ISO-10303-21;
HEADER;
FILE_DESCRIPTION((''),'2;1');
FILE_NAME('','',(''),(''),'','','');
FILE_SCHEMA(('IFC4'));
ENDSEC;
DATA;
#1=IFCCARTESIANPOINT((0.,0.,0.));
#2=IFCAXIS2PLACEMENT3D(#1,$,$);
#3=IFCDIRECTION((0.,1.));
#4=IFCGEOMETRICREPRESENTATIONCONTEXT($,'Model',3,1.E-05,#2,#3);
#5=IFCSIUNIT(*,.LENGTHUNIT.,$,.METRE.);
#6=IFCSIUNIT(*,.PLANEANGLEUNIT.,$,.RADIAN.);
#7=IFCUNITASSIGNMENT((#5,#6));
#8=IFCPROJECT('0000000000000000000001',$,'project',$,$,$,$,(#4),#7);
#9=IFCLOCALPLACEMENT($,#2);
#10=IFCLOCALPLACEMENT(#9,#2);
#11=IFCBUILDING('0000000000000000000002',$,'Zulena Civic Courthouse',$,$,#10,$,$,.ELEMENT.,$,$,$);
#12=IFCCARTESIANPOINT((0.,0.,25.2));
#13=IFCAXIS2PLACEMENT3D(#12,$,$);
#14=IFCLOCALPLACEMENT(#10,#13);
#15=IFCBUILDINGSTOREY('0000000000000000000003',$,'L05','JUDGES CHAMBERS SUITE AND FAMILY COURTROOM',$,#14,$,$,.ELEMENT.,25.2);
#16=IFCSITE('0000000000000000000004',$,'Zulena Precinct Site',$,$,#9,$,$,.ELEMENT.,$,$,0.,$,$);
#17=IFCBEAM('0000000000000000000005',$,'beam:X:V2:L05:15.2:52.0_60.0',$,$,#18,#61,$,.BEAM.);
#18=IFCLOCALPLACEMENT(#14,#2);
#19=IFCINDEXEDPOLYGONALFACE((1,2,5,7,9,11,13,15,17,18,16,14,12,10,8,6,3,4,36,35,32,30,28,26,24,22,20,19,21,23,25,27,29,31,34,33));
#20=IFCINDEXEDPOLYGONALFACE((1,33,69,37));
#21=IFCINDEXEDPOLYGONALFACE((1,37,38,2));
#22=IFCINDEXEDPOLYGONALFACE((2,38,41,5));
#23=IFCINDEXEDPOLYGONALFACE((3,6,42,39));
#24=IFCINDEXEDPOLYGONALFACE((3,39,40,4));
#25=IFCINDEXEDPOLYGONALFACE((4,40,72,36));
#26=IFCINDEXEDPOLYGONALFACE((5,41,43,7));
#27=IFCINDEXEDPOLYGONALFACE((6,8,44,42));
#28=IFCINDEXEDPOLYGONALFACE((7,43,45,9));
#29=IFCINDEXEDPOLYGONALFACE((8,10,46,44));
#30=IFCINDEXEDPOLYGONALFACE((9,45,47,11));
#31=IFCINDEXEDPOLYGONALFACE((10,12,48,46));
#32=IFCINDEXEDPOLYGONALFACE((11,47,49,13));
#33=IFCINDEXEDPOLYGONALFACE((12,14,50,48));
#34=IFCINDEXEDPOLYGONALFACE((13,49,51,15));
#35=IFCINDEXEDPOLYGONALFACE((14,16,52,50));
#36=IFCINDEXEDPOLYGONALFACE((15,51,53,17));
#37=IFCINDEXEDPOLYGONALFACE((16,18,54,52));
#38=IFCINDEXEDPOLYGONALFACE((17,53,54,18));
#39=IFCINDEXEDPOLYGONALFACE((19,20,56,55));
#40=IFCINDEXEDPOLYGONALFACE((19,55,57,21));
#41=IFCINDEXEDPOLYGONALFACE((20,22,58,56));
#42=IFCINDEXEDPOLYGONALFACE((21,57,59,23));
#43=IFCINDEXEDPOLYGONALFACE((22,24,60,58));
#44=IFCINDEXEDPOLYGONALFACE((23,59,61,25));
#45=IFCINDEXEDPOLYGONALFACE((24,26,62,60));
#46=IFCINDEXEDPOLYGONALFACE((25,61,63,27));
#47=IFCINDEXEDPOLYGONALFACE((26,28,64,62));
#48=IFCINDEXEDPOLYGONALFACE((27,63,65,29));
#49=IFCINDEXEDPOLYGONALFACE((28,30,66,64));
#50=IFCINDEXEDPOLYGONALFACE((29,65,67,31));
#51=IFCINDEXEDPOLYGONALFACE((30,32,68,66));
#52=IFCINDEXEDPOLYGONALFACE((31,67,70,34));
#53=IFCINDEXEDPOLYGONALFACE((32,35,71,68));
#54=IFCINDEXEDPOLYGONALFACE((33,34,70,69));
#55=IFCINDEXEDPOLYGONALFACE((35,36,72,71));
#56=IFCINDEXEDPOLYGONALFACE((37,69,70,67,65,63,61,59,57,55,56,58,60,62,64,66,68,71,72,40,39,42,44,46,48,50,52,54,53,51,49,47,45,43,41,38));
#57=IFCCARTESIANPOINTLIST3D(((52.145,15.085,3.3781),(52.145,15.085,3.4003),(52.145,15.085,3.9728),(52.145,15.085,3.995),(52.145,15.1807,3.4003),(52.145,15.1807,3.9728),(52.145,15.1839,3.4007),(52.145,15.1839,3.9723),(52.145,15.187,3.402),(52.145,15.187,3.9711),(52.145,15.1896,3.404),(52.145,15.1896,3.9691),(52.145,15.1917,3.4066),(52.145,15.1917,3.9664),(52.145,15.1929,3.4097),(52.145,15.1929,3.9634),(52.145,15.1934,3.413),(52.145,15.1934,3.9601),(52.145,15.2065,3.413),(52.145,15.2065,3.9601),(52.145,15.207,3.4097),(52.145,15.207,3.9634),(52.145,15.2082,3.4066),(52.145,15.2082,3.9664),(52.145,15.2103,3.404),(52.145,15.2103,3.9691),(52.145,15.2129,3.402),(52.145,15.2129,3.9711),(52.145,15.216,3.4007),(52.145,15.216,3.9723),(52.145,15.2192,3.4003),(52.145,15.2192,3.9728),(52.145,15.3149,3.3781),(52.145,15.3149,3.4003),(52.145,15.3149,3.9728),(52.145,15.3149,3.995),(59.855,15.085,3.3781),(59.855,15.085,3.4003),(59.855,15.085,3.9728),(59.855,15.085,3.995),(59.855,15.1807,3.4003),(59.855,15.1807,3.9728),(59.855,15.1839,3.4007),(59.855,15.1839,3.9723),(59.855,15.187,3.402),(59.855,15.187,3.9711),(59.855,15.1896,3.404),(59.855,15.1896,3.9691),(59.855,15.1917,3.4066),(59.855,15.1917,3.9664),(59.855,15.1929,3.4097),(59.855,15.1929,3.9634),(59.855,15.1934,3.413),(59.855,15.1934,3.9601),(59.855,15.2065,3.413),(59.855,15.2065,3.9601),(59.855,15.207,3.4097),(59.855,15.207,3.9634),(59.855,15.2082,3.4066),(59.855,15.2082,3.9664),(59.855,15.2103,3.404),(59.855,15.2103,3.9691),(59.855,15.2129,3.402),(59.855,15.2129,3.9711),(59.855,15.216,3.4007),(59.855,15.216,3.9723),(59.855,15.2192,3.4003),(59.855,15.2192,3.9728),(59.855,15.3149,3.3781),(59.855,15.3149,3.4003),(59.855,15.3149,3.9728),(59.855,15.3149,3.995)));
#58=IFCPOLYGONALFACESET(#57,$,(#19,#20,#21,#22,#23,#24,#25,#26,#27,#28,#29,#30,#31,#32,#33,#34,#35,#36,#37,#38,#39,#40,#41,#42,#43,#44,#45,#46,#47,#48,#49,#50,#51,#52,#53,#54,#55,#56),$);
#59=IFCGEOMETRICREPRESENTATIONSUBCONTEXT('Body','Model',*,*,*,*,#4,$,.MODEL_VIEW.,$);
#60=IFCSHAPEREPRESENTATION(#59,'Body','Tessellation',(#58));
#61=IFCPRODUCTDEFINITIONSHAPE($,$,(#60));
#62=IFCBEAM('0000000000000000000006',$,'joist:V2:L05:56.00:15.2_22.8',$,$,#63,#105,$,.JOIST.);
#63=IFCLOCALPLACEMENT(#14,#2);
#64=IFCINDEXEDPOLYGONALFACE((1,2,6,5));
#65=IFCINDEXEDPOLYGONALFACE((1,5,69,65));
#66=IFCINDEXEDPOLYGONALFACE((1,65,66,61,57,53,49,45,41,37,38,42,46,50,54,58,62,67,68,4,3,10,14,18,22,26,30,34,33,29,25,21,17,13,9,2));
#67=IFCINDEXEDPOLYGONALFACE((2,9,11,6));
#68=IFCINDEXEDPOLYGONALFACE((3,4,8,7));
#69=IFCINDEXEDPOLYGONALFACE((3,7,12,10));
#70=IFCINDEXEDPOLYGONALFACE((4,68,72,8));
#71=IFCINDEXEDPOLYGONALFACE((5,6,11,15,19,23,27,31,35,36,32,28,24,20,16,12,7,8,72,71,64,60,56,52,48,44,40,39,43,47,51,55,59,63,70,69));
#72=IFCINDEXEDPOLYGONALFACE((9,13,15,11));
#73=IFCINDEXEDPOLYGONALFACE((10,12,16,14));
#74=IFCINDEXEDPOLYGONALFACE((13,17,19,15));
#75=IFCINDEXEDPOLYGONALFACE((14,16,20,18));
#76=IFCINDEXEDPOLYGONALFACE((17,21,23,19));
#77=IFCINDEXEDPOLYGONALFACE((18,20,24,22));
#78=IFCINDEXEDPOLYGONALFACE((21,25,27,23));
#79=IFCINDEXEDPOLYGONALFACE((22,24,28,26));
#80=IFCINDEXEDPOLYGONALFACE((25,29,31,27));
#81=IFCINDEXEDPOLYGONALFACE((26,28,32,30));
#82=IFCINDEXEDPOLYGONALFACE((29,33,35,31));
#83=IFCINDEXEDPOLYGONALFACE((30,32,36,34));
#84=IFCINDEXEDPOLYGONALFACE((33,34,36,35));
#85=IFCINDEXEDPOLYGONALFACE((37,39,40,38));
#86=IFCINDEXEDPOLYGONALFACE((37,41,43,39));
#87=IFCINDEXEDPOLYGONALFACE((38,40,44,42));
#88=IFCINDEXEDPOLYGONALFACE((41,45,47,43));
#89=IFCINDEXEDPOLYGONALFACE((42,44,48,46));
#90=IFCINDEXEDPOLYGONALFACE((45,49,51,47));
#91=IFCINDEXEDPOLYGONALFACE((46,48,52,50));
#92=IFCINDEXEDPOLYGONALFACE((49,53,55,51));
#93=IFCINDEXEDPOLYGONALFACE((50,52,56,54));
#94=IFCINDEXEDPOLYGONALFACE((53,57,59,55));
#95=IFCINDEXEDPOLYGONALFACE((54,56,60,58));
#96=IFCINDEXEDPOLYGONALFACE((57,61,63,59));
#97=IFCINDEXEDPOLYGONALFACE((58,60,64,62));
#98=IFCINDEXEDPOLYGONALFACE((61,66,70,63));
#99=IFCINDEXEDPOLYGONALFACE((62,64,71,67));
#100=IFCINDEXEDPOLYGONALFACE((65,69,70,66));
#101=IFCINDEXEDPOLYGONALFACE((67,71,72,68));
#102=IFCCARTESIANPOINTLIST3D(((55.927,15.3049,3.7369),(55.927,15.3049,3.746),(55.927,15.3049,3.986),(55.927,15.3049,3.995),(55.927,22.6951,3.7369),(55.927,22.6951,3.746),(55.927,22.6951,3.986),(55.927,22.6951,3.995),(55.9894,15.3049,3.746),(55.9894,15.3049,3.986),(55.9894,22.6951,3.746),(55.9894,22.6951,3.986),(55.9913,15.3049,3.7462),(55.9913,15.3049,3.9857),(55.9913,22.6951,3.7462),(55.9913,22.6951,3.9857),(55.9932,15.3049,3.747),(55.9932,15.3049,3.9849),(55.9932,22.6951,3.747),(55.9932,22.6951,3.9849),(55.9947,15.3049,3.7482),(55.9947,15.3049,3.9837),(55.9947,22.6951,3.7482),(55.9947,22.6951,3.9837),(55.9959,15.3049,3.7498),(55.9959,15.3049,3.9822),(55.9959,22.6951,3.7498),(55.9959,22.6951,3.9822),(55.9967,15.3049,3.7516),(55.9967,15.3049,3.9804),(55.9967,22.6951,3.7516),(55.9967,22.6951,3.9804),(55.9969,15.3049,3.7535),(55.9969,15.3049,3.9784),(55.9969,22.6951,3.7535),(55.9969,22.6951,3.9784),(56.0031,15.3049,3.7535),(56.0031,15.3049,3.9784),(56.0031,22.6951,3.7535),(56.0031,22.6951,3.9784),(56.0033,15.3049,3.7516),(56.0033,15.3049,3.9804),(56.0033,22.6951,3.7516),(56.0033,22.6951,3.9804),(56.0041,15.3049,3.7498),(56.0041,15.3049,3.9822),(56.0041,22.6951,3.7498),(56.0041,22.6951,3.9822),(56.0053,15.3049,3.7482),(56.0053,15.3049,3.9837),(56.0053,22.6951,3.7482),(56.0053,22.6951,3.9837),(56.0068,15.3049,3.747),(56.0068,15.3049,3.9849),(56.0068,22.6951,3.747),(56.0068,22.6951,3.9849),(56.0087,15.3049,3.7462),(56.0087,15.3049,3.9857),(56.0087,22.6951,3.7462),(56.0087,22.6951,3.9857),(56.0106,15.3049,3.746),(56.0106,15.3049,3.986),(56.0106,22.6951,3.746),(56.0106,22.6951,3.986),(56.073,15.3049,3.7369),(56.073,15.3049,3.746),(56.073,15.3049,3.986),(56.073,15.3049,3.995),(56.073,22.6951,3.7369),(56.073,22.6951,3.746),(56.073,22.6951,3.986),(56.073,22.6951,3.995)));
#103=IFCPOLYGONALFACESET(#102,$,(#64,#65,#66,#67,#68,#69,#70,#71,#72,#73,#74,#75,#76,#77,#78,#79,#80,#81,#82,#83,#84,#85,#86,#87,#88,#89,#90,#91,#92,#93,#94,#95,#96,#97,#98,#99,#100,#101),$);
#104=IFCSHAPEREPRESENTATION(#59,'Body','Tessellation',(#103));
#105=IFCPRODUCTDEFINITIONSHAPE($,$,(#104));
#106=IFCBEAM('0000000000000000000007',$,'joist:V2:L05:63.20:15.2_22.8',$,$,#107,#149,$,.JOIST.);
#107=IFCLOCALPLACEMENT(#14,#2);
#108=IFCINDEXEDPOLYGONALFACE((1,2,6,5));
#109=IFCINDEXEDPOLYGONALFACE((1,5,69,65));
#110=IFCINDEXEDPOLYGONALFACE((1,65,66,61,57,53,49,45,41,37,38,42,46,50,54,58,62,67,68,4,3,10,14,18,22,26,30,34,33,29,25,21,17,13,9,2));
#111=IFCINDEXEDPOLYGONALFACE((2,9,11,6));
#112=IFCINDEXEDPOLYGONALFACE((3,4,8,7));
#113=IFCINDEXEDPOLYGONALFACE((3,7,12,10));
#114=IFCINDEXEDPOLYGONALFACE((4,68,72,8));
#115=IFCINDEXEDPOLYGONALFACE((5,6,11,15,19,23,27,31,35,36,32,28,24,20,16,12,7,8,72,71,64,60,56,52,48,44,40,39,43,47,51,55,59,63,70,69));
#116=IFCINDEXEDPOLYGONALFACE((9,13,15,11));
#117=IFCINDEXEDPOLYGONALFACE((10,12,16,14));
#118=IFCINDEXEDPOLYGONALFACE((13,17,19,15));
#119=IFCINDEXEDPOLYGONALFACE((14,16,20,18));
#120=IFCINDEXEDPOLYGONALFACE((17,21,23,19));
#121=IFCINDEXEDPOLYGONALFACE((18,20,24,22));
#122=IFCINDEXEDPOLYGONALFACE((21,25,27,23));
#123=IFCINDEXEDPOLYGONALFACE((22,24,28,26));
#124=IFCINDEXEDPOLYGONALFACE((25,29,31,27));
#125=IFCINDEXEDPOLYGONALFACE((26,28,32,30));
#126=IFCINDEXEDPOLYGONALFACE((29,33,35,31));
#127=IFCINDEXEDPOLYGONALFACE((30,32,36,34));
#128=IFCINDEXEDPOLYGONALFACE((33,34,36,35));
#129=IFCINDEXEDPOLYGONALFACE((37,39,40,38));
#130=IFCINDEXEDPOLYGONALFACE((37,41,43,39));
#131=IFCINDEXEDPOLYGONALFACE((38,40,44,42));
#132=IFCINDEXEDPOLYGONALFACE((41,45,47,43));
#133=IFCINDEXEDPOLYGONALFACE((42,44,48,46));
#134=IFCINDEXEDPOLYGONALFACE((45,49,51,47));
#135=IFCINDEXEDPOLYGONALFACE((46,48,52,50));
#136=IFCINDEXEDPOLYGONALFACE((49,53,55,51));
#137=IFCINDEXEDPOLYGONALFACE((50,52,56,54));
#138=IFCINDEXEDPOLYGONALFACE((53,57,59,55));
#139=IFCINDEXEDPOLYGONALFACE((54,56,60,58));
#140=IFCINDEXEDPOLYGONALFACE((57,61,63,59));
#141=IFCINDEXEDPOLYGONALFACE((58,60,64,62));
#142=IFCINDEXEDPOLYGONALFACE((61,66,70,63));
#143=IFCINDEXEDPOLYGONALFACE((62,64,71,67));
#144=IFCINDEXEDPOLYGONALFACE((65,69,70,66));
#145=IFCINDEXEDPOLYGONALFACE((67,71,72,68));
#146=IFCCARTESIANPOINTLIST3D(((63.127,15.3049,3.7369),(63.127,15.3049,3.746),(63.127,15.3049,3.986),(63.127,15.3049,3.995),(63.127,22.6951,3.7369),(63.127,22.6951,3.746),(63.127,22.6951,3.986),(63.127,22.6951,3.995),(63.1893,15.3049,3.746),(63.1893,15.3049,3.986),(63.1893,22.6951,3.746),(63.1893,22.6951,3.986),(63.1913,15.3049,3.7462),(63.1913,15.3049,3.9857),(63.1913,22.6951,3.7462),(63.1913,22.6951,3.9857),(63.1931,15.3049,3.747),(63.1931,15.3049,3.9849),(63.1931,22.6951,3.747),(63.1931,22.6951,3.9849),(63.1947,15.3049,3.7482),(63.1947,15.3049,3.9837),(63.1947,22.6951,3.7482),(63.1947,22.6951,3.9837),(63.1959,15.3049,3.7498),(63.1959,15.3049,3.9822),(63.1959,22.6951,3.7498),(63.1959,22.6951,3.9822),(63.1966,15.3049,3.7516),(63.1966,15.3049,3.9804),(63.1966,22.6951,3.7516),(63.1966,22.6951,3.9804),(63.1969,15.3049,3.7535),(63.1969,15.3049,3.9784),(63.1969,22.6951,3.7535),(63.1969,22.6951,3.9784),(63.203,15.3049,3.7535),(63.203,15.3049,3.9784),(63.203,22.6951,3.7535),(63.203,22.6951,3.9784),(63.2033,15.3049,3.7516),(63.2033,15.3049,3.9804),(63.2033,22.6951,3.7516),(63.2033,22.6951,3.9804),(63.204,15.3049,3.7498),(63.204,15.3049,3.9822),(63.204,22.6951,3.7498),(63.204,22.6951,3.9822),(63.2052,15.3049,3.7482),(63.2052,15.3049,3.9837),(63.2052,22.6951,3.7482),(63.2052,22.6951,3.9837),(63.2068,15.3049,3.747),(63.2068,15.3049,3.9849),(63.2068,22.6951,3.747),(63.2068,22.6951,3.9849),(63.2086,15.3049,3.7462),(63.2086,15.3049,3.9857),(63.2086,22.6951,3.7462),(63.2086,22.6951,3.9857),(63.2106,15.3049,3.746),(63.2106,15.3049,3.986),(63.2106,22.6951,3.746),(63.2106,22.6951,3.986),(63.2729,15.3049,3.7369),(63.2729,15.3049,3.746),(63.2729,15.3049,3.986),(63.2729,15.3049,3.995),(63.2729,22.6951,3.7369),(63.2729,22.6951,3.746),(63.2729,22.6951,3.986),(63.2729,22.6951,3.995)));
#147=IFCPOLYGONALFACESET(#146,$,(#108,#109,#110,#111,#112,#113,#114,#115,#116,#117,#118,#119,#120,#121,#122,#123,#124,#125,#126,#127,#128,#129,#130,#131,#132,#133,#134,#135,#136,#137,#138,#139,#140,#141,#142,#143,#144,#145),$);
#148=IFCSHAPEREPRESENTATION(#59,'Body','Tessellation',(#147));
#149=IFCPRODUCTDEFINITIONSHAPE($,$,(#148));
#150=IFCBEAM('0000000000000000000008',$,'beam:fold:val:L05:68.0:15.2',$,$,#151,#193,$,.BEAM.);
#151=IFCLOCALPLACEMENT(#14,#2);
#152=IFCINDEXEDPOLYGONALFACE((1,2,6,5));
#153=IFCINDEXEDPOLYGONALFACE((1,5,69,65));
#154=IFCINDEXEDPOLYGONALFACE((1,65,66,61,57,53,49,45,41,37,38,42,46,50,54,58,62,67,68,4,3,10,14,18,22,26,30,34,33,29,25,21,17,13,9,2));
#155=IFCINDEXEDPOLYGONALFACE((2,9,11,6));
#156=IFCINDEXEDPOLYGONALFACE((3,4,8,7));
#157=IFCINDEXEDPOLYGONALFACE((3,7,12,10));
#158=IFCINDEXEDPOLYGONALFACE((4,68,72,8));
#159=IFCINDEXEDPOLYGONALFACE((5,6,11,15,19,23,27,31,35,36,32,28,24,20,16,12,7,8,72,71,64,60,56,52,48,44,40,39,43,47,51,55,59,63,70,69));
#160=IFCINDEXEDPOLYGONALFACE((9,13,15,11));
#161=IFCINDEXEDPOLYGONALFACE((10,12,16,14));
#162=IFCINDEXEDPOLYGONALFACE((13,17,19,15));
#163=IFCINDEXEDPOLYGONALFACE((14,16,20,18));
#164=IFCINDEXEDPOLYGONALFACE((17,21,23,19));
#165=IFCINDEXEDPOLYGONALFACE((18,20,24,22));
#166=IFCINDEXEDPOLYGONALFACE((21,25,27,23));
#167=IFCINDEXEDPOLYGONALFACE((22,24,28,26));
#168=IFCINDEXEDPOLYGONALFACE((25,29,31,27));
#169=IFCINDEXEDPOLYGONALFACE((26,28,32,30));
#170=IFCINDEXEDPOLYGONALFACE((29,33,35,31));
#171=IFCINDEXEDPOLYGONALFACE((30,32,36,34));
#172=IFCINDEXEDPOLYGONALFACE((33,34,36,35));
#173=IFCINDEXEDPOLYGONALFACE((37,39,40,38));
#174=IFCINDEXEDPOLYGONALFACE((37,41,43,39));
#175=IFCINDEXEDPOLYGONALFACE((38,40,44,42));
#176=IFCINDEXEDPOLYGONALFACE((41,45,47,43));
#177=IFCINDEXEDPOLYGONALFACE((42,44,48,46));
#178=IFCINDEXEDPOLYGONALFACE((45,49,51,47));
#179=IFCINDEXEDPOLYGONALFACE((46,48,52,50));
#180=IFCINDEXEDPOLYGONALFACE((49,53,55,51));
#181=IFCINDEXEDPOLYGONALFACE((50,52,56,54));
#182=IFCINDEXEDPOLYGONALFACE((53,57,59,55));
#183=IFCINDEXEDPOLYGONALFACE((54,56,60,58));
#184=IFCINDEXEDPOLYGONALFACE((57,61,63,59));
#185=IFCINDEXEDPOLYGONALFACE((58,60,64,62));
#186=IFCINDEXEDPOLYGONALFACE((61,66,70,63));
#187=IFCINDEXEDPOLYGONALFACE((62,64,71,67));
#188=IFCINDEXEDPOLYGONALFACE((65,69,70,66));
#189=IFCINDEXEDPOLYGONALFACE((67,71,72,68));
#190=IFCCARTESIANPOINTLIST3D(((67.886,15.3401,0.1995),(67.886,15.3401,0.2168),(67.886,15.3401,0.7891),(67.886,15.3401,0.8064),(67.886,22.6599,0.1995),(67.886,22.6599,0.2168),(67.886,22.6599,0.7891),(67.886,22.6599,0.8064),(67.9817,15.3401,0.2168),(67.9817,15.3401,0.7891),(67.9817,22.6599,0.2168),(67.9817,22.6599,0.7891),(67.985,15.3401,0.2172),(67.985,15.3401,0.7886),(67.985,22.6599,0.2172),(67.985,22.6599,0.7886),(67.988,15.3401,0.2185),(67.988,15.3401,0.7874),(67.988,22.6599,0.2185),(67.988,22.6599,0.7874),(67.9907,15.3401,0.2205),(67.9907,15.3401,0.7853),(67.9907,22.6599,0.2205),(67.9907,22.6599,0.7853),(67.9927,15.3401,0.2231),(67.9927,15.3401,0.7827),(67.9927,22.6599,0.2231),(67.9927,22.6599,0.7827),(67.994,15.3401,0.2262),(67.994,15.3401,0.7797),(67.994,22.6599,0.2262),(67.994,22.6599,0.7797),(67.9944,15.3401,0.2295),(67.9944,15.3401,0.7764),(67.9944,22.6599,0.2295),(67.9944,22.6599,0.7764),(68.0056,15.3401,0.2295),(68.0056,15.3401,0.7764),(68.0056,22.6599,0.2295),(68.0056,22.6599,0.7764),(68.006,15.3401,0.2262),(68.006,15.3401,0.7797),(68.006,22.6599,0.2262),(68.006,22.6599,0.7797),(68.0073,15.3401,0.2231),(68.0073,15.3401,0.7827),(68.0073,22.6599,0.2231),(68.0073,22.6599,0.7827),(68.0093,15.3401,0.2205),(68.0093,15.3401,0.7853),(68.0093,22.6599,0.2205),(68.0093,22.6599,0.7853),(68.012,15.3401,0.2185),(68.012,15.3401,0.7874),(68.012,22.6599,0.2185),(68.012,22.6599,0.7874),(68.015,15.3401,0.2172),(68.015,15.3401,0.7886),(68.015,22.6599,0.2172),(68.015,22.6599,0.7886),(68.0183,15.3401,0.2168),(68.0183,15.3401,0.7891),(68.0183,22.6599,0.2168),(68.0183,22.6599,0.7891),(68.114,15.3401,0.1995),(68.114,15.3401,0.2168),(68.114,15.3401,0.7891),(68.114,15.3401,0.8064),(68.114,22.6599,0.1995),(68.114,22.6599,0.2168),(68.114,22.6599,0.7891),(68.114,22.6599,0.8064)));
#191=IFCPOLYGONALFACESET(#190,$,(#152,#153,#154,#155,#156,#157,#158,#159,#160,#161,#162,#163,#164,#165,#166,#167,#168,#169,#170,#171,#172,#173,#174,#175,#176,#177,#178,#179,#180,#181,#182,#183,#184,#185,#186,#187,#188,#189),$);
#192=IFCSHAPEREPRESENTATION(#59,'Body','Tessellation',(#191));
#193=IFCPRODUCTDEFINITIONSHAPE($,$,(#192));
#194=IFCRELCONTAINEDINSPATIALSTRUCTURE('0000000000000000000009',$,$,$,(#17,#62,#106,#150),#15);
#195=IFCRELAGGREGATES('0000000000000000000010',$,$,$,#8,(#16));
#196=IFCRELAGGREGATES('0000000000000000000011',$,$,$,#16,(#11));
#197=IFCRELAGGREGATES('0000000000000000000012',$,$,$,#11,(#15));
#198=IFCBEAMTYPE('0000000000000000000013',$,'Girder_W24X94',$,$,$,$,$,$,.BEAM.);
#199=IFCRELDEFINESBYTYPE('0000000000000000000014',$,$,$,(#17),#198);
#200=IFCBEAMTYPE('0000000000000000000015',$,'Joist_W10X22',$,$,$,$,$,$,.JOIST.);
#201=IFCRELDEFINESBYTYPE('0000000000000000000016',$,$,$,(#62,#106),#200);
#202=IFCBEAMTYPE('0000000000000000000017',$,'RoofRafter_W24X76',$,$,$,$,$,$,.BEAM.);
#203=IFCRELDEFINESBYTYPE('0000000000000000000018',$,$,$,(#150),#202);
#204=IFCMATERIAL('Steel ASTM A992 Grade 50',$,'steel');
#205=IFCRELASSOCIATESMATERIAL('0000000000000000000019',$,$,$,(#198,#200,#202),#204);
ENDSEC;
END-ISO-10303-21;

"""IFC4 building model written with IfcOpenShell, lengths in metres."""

from ifc_helpers import new_model, si_unit, direction, frame, origin, origin_2d, place, context, subcontext, project, spatial, i_section, extrude, material, material_profile, profile_set, type_object, element, save


model = new_model("IFC4")

# Units and contexts
model_context = context("Model", 3, precision=1e-05, world=origin(), true_north=direction((0.0, 1.0)))
body_context = subcontext(model_context, "Body", "Model", "MODEL_VIEW")
ifc_project = project(units=[si_unit("LENGTHUNIT", "METRE"), si_unit("PLANEANGLEUNIT", "RADIAN")], contexts=[model_context])

# Site, building, storey
site_placement = place(None, origin())
site = spatial("IfcSite", under=ifc_project, at=site_placement, Name="Zulena Precinct Site", CompositionType="ELEMENT", RefElevation=0.0)
building_placement = place(site_placement, origin())
building = spatial("IfcBuilding", under=site, at=building_placement, Name="Zulena Civic Courthouse", CompositionType="ELEMENT")
storey_placement = place(building_placement, frame((0.0, 0.0, 25.2)))
storey = spatial("IfcBuildingStorey", under=building, at=storey_placement, Name="L05", Description="JUDGES CHAMBERS SUITE AND FAMILY COURTROOM", CompositionType="ELEMENT", Elevation=25.2)

# Shared definitions
ifc_material_1 = material(Name="Steel ASTM A992 Grade 50", Category="steel")

# Beams
ifc_material_profile_1 = material_profile(ifc_material_1, i_section(OverallWidth=0.23, OverallDepth=0.6169, WebThickness=0.0132, FlangeThickness=0.0222, FilletRadius=0.0127, at=origin_2d()), Name="W24X94")
ifc_profile_set_1 = profile_set([ifc_material_profile_1], Name="Steel ASTM A992 Grade 50")
beam_type_1 = type_object("IfcBeamType", Name="Girder_W24X94", PredefinedType="BEAM", material=ifc_profile_set_1)
beam_1_placement = place(storey_placement, frame((52.145, 15.2, 3.6865), z_axis=(1.0, 0.0, 0.0), x_axis=(0.0, 1.0, 0.0)))
element("IfcBeam", 1, at=beam_1_placement, inside=storey, type_object=beam_type_1, Name="beam:X:V2:L05:15.2:52.0_60.0", PredefinedType="BEAM", context=body_context, shape_type="SweptSolid", body=[
    extrude(i_section(OverallWidth=0.23, OverallDepth=0.6169, WebThickness=0.0132, FlangeThickness=0.0222, FilletRadius=0.0127, at=origin_2d()), origin(), (0.0, 0.0, 1.0), 7.71),
])
ifc_material_profile_2 = material_profile(ifc_material_1, i_section(OverallWidth=0.146, OverallDepth=0.2581, WebThickness=0.0061, FlangeThickness=0.009, FilletRadius=0.0076, at=origin_2d()), Name="W10X22")
ifc_profile_set_2 = profile_set([ifc_material_profile_2], Name="Steel ASTM A992 Grade 50")
beam_type_2 = type_object("IfcBeamType", Name="Joist_W10X22", PredefinedType="JOIST", material=ifc_profile_set_2)
for number, where, z_axis, x_axis, name in (
    (2, (56.0, 15.3049, 3.866), (0.0, 1.0, 0.0), (-1.0, 0.0, 0.0), "joist:V2:L05:56.00:15.2_22.8"),
    (3, (63.2, 15.3049, 3.866), (0.0, 1.0, 0.0), (-1.0, 0.0, 0.0), "joist:V2:L05:63.20:15.2_22.8"),
):
    element("IfcBeam", number, at=place(storey_placement, frame(where, z_axis=z_axis, x_axis=x_axis)), inside=storey, type_object=beam_type_2, Name=name, PredefinedType="JOIST", context=body_context, shape_type="SweptSolid", body=[
        extrude(i_section(OverallWidth=0.146, OverallDepth=0.2581, WebThickness=0.0061, FlangeThickness=0.009, FilletRadius=0.0076, at=origin_2d()), origin(), (0.0, 0.0, 1.0), 7.3901),
    ])
ifc_material_profile_3 = material_profile(ifc_material_1, i_section(OverallWidth=0.228, OverallDepth=0.6069, WebThickness=0.0112, FlangeThickness=0.0173, FilletRadius=0.0127, at=origin_2d()), Name="W24X76")
ifc_profile_set_3 = profile_set([ifc_material_profile_3], Name="Steel ASTM A992 Grade 50")
beam_type_3 = type_object("IfcBeamType", Name="RoofRafter_W24X76", PredefinedType="BEAM", material=ifc_profile_set_3)
beam_2_placement = place(storey_placement, frame((68.0, 15.3401, 0.5029), z_axis=(0.0, 1.0, 0.0), x_axis=(-1.0, 0.0, 0.0)))
element("IfcBeam", 4, at=beam_2_placement, inside=storey, type_object=beam_type_3, Name="beam:fold:val:L05:68.0:15.2", PredefinedType="BEAM", context=body_context, shape_type="SweptSolid", body=[
    extrude(i_section(OverallWidth=0.228, OverallDepth=0.6069, WebThickness=0.0112, FlangeThickness=0.0173, FilletRadius=0.0127, at=origin_2d()), origin(), (0.0, 0.0, 1.0), 7.3198),
])

save(model, "model.ifc")
